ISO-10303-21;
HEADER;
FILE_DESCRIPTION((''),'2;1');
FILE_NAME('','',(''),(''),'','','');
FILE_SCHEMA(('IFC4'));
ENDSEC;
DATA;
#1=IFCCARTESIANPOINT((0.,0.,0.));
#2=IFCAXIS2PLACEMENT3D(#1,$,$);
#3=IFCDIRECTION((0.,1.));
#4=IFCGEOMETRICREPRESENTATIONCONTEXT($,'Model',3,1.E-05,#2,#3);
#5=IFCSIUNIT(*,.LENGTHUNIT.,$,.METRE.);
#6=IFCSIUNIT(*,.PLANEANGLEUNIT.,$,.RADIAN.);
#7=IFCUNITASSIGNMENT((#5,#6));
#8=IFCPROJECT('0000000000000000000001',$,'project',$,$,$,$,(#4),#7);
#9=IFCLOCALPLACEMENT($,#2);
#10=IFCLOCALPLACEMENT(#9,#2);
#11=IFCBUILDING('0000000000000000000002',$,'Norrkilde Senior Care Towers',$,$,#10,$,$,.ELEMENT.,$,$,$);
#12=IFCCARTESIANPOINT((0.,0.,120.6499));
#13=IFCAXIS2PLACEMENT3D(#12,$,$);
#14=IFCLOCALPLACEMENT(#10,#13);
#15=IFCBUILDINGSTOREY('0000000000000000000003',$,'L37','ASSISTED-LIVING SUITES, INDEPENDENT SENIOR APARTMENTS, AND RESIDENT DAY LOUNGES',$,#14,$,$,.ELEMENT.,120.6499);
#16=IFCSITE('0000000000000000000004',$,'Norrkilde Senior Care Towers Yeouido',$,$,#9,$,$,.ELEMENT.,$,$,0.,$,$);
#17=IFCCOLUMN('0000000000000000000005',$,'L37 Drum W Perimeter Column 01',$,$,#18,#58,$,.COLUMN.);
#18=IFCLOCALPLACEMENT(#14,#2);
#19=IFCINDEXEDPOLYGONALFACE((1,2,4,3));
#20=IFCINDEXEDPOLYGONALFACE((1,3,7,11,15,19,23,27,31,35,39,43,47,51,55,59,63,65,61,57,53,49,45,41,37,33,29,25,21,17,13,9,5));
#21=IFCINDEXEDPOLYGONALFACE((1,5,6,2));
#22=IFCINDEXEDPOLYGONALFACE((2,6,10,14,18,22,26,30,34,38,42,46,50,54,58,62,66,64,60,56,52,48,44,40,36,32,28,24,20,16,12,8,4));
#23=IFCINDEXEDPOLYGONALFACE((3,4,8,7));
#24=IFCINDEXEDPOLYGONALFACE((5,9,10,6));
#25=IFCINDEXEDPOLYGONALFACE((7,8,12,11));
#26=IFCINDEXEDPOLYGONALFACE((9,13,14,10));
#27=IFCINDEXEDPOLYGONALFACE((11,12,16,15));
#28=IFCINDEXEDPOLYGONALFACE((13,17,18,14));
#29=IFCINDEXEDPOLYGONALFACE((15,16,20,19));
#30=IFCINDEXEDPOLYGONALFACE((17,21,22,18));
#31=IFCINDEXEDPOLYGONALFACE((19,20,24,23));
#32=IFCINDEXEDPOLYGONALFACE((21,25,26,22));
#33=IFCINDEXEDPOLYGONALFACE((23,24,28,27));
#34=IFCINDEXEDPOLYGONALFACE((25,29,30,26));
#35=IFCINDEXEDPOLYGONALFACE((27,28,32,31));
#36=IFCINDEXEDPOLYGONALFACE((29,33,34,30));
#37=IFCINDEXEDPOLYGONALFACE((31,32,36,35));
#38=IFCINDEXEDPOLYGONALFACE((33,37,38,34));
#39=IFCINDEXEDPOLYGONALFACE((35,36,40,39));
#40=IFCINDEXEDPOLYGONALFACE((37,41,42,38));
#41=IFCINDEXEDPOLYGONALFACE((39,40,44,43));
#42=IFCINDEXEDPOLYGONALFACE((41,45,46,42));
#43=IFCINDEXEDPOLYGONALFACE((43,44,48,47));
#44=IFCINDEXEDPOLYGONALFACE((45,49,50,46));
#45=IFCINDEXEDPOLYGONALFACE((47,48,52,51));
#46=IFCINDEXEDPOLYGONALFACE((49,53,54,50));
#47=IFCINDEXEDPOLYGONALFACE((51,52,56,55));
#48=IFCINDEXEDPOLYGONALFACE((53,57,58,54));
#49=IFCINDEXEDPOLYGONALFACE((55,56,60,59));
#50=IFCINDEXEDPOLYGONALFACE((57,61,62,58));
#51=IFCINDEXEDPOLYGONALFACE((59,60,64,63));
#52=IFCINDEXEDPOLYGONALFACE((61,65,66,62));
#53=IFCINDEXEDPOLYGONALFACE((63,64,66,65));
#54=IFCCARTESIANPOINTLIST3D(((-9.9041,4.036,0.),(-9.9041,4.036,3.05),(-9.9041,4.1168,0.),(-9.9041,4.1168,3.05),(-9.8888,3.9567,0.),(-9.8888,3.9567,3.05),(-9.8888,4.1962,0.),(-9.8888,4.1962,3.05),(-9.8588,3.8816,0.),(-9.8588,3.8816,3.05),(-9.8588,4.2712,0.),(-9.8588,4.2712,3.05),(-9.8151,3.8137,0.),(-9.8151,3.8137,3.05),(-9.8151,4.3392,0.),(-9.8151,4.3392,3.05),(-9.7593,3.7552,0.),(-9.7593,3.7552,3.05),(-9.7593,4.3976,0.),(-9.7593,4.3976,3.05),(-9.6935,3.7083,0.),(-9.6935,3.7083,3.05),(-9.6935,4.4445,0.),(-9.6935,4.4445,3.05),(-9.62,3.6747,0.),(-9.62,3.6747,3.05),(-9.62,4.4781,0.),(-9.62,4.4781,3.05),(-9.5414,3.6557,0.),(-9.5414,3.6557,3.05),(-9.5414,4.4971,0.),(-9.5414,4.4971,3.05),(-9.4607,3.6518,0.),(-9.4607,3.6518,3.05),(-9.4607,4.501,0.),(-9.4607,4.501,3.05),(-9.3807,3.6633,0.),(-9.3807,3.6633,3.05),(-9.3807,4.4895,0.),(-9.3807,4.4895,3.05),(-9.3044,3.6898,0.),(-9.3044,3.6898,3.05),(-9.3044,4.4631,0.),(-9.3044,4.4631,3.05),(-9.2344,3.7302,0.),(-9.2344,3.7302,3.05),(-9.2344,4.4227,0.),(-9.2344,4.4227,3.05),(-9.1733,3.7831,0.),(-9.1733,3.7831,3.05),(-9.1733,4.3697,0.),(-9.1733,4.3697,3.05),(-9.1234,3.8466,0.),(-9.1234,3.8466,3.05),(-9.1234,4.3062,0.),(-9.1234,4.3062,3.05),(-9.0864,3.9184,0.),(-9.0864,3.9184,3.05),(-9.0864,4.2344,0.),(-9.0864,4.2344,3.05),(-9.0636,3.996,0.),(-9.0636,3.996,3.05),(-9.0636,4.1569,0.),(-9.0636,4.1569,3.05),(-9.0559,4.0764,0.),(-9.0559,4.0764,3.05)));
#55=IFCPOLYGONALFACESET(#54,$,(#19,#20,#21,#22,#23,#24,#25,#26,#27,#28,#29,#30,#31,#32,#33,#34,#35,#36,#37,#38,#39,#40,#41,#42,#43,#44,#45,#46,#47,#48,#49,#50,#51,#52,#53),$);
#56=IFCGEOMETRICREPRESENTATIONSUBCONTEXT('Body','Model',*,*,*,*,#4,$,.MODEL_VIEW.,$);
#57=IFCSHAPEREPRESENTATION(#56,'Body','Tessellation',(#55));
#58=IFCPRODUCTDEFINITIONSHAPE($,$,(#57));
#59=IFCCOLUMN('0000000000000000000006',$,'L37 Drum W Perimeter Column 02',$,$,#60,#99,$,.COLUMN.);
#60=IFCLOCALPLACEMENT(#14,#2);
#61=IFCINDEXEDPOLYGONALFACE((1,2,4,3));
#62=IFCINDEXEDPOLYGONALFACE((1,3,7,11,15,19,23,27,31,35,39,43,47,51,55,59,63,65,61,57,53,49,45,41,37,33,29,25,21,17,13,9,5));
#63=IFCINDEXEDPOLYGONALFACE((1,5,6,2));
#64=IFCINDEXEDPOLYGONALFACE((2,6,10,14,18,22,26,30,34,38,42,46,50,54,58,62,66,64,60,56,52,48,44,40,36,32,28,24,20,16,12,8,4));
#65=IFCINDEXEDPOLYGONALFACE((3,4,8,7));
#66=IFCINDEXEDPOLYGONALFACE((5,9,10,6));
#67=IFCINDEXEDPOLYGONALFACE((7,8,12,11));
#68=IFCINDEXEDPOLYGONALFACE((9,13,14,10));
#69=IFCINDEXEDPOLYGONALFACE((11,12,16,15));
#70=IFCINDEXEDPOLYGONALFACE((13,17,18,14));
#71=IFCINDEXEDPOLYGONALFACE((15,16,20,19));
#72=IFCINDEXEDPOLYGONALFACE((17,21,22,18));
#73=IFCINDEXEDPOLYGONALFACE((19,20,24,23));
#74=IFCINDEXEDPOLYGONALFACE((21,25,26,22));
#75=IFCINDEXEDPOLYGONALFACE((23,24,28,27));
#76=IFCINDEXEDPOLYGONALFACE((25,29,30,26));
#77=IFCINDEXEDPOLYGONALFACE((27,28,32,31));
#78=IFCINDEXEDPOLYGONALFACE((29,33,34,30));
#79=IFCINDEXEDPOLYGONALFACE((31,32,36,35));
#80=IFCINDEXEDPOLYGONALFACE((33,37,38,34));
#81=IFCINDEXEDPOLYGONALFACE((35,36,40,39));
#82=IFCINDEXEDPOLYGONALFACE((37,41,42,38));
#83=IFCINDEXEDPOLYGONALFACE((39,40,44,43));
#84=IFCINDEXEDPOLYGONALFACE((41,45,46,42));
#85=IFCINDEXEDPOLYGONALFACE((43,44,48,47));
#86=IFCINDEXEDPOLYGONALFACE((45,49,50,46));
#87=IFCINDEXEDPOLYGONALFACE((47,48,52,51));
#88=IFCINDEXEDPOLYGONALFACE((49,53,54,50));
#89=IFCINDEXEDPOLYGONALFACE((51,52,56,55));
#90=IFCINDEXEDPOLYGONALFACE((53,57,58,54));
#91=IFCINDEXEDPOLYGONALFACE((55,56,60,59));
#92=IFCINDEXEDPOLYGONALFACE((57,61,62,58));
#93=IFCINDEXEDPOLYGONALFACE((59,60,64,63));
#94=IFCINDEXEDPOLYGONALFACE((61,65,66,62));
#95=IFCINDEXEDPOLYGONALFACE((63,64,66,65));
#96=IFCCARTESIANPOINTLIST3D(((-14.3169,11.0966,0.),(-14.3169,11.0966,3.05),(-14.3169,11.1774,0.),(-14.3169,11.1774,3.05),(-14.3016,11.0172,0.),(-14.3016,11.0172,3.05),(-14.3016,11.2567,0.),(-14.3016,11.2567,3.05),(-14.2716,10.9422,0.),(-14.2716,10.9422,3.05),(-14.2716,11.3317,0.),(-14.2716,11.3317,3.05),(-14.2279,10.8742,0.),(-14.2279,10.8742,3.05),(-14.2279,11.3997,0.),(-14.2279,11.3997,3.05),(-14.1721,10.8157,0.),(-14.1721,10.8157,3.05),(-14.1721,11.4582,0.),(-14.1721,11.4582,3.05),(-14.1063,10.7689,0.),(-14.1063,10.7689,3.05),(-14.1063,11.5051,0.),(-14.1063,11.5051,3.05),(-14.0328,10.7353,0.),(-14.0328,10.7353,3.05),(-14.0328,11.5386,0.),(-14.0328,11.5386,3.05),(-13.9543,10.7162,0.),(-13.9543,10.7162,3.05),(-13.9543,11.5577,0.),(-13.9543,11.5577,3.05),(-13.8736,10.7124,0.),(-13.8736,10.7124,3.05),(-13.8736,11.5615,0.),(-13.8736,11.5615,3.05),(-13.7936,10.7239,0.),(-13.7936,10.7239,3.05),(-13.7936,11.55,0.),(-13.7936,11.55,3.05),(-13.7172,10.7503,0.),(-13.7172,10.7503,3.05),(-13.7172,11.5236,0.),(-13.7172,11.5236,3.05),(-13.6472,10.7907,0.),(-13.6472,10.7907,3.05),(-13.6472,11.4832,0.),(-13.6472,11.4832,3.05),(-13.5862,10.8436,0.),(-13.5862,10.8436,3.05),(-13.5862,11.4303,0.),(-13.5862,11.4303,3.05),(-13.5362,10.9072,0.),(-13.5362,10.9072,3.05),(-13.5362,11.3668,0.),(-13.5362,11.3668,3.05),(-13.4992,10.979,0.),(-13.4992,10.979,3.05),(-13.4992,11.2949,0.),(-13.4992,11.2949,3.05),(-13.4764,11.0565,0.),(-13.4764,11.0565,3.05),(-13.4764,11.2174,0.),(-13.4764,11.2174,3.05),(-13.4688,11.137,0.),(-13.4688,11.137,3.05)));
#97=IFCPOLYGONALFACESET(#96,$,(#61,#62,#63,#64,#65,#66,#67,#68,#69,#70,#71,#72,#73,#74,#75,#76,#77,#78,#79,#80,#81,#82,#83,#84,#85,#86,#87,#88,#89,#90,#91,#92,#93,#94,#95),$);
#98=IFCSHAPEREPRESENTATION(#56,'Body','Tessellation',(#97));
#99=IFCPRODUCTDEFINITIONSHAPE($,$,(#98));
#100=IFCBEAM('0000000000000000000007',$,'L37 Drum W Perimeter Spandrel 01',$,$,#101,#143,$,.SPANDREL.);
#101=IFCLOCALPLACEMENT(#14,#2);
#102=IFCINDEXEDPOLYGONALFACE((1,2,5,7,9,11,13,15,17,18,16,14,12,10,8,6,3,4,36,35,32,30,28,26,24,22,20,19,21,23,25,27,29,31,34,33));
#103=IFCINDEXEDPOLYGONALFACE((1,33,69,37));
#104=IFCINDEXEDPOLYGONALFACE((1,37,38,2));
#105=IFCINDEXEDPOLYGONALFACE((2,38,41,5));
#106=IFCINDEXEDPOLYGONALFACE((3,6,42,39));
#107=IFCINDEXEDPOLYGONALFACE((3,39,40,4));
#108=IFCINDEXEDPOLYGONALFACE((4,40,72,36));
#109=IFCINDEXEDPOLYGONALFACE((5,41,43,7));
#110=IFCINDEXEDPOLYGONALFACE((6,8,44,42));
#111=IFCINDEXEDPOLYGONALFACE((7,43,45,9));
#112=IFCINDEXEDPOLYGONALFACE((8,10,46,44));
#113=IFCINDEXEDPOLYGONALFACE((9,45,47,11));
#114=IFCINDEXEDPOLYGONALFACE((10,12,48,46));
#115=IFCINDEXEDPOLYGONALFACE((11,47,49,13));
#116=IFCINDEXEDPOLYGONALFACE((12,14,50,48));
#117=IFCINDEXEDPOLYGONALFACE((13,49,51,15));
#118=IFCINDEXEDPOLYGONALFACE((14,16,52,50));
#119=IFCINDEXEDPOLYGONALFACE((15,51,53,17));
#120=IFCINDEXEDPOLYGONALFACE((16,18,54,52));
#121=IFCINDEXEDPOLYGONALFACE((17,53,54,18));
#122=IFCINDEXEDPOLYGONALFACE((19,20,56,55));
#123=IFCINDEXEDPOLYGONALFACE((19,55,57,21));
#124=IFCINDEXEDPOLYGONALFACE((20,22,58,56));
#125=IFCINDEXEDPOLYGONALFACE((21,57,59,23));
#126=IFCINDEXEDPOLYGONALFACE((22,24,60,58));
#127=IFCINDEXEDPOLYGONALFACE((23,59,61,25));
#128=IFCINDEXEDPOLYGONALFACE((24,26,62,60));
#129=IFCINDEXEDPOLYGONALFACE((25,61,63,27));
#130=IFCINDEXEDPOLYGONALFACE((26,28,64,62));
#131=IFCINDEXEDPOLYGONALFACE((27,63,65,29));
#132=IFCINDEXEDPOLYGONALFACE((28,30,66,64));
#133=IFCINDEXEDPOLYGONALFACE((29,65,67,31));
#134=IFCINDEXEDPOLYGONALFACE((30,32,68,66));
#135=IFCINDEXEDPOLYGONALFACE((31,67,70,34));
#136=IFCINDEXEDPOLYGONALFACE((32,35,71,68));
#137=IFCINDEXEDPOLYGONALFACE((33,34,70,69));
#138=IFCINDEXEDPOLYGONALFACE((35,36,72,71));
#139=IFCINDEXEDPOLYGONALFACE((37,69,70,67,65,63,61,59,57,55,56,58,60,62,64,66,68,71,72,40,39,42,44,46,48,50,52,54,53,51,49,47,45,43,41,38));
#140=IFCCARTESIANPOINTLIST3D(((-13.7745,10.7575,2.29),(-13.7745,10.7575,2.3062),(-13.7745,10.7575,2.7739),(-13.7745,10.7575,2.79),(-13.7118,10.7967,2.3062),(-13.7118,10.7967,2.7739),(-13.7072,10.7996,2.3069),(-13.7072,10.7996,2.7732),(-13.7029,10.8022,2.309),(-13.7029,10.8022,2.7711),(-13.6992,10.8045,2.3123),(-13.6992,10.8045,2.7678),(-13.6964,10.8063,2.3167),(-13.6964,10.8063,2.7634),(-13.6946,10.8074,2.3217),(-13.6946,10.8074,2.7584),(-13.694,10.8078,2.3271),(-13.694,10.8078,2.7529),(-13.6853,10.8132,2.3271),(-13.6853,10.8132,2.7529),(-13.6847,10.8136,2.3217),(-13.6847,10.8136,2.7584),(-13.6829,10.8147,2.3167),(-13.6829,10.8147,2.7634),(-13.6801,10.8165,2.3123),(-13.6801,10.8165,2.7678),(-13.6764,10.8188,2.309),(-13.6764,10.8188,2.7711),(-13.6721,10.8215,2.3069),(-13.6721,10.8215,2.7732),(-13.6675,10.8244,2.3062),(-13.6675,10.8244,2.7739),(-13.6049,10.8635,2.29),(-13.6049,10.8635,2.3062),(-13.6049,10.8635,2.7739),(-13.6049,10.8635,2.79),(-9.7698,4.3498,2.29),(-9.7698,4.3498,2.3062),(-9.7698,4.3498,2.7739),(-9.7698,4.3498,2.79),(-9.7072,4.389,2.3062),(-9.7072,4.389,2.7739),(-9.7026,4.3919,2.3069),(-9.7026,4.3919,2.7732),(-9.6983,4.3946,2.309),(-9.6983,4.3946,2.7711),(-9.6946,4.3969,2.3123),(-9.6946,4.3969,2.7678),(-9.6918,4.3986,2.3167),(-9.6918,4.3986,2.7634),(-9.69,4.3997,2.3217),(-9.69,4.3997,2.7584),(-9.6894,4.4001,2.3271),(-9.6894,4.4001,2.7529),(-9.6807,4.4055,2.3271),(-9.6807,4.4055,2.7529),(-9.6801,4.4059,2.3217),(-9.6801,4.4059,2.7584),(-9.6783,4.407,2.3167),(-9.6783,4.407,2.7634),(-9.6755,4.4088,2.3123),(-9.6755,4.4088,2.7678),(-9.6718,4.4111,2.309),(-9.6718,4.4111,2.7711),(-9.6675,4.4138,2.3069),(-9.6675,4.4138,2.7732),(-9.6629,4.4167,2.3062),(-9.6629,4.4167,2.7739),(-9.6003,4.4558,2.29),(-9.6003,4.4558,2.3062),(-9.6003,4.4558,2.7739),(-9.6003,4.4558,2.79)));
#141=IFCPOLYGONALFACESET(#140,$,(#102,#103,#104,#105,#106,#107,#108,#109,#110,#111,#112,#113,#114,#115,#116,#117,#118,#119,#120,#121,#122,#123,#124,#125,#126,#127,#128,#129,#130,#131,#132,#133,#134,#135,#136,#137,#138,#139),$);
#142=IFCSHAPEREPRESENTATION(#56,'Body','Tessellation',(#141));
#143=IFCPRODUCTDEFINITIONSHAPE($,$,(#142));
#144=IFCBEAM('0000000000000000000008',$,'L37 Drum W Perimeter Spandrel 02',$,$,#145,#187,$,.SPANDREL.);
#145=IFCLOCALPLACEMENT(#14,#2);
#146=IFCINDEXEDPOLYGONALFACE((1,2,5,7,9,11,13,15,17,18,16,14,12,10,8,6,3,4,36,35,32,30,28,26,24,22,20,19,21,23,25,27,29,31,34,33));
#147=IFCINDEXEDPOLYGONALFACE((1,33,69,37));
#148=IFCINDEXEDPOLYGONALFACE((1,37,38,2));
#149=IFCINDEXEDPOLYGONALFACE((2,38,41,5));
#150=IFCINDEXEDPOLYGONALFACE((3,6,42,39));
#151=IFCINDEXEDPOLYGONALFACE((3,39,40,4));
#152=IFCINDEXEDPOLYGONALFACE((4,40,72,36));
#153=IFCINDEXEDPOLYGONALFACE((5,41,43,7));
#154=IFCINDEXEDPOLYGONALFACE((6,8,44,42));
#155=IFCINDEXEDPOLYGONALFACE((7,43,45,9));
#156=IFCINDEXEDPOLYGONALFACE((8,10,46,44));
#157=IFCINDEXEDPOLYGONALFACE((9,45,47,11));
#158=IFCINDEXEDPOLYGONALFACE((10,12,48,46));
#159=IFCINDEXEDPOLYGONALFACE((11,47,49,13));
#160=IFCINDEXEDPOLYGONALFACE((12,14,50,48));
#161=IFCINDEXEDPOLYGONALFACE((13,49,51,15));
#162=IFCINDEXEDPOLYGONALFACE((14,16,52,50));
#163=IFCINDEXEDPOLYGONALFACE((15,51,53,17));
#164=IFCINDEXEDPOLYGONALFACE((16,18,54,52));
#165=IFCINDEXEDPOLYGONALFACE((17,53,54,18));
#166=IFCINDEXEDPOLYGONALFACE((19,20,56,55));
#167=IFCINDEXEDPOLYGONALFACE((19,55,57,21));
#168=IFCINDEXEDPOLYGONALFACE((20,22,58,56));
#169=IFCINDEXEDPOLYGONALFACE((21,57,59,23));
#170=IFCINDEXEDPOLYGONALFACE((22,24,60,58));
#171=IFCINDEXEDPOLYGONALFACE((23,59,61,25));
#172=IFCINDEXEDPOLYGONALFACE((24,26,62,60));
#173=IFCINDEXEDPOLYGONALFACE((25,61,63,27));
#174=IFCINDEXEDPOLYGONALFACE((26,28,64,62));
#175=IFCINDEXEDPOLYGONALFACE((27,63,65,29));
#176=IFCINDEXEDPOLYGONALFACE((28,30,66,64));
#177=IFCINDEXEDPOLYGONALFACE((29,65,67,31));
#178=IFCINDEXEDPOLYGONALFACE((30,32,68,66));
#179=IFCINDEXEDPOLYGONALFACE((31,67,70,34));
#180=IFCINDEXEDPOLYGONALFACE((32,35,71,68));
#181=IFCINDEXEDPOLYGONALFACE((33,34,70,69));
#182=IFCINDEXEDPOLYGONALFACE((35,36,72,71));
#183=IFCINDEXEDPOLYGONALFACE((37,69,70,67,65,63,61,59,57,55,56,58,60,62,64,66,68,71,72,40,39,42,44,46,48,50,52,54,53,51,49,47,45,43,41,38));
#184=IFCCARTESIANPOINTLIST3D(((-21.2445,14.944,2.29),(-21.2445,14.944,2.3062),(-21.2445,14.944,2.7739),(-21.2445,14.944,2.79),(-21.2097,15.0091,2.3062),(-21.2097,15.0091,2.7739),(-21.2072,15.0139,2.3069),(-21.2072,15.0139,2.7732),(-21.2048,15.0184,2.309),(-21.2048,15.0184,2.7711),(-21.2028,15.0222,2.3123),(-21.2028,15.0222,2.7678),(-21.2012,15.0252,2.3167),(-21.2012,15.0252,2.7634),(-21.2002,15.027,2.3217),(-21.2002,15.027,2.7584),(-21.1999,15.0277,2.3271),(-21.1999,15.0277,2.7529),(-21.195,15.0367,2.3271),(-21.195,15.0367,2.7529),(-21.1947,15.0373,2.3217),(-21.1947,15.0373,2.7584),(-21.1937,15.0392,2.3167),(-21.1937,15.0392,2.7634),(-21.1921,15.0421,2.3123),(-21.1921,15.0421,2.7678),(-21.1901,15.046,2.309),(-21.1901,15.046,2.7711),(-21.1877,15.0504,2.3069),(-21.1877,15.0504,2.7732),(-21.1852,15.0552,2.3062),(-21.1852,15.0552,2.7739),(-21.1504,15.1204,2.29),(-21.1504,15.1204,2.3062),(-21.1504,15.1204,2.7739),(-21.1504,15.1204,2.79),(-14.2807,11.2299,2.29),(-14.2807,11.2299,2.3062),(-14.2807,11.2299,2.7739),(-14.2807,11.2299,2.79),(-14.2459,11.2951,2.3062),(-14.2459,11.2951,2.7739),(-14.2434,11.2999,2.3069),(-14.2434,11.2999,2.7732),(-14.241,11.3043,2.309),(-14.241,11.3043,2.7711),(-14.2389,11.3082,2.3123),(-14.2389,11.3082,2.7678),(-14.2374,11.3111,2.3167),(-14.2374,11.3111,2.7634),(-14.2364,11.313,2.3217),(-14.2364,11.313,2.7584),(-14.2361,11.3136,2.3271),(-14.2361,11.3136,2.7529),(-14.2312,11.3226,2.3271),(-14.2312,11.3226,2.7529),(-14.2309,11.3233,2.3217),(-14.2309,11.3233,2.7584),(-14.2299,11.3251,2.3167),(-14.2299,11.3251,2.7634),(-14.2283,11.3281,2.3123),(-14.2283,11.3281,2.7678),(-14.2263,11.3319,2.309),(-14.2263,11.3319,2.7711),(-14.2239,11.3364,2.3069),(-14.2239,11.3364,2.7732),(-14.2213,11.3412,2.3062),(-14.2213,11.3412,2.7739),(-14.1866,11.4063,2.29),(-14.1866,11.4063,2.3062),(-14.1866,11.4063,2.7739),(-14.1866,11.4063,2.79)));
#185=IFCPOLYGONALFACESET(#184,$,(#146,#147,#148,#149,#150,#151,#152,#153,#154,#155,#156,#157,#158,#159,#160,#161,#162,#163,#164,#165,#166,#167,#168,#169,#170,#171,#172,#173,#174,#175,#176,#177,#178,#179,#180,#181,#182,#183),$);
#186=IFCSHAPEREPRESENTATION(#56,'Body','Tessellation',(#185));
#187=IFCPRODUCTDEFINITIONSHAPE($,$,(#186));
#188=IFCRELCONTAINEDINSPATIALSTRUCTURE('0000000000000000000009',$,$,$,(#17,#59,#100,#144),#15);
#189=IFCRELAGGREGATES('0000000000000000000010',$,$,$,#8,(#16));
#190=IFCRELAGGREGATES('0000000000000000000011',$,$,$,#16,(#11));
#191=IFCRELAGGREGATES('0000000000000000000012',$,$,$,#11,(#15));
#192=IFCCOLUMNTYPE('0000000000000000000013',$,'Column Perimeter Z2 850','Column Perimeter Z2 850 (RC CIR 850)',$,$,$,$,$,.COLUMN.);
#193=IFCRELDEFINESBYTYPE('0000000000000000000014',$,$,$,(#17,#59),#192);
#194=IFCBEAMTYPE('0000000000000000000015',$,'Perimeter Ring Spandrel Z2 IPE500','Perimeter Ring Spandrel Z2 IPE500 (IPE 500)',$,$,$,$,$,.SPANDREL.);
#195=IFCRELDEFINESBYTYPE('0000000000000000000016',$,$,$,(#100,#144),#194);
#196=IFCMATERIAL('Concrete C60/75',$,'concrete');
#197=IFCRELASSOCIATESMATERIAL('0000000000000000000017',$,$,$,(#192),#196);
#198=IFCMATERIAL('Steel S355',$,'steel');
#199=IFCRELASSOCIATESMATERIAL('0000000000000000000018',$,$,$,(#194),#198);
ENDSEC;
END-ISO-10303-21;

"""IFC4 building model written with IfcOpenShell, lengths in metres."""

from ifc_helpers import new_model, si_unit, direction, frame, origin, origin_2d, place, context, subcontext, project, spatial, circle, i_section, extrude, source, transform, mapped, material, material_profile, profile_set, type_object, type_shapes, element, save


model = new_model("IFC4")

# Units and contexts
model_context = context("Model", 3, precision=1e-05, world=origin(), true_north=direction((0.0, 1.0)))
body_context = subcontext(model_context, "Body", "Model", "MODEL_VIEW")
ifc_project = project(units=[si_unit("LENGTHUNIT", "METRE"), si_unit("PLANEANGLEUNIT", "RADIAN")], contexts=[model_context])

# Site, building, storey
site_placement = place(None, origin())
site = spatial("IfcSite", under=ifc_project, at=site_placement, Name="Norrkilde Senior Care Towers Yeouido", CompositionType="ELEMENT", RefElevation=0.0)
building_placement = place(site_placement, origin())
building = spatial("IfcBuilding", under=site, at=building_placement, Name="Norrkilde Senior Care Towers", CompositionType="ELEMENT")
storey_placement = place(building_placement, frame((0.0, 0.0, 120.6499)))
storey = spatial("IfcBuildingStorey", under=building, at=storey_placement, Name="L37", Description="ASSISTED-LIVING SUITES, INDEPENDENT SENIOR APARTMENTS, AND RESIDENT DAY LOUNGES", CompositionType="ELEMENT", Elevation=120.6499)

# Columns
ifc_material_1 = material(Name="Concrete C60/75", Category="concrete")
ifc_material_profile_1 = material_profile(ifc_material_1, circle(Radius=0.425, at=origin_2d()), Name="RC CIR 850")
ifc_profile_set_1 = profile_set([ifc_material_profile_1], Name="Concrete C60/75")
column_type = type_object("IfcColumnType", Name="Column Perimeter Z2 850", Description="Column Perimeter Z2 850 (RC CIR 850)", PredefinedType="COLUMN", material=ifc_profile_set_1)
shared_shape_1 = source(origin(), body_context, "Body", "SweptSolid", [
    extrude(circle(Radius=0.425, at=origin_2d()), origin(), (0.0, 0.0, 1.0), 3.05),
])
type_shapes(column_type, [shared_shape_1])
for number, where, z_axis, x_axis, name in (
    (1, (-9.481, 4.0764, 0.0), (0.0, 0.0, 1.0), (1.0, 0.0, 0.0), "L37 Drum W Perimeter Column 01"),
    (2, (-13.8938, 11.137, 0.0), (0.0, 0.0, 1.0), (1.0, 0.0, 0.0), "L37 Drum W Perimeter Column 02"),
):
    element("IfcColumn", number, at=place(storey_placement, frame(where, z_axis=z_axis, x_axis=x_axis)), inside=storey, type_object=column_type, Name=name, PredefinedType="COLUMN", context=body_context, shape_type="MappedRepresentation", body=[
        mapped(shared_shape_1, transform((0.0, 0.0, 0.0), x_axis=(1.0, 0.0, 0.0), y_axis=(0.0, 1.0, 0.0), z_axis=(0.0, 0.0, 1.0), scale=1.0)),
    ])

# Beams
ifc_material_2 = material(Name="Steel S355", Category="steel")
ifc_material_profile_2 = material_profile(ifc_material_2, i_section(OverallWidth=0.2, OverallDepth=0.5, WebThickness=0.0103, FlangeThickness=0.0161, FilletRadius=0.021, at=origin_2d()), Name="IPE 500")
ifc_profile_set_2 = profile_set([ifc_material_profile_2], Name="Steel S355")
beam_type_1 = type_object("IfcBeamType", Name="Perimeter Ring Spandrel Z2 IPE500", Description="Perimeter Ring Spandrel Z2 IPE500 (IPE 500)", PredefinedType="SPANDREL", material=ifc_profile_set_2)
shared_shape_2 = source(origin(), body_context, "Body", "SweptSolid", [
    extrude(i_section(OverallWidth=0.2, OverallDepth=0.5, WebThickness=0.0103, FlangeThickness=0.0161, FilletRadius=0.021, at=origin_2d()), origin(), (0.0, 0.0, 1.0), 7.5562),
])
beam_1_placement = place(storey_placement, frame((-9.6851, 4.4028, 2.54), z_axis=(-0.529982, 0.848009, 0.0), x_axis=(-0.848009, -0.529982, 0.0)))
element("IfcBeam", 3, at=beam_1_placement, inside=storey, type_object=beam_type_1, Name="L37 Drum W Perimeter Spandrel 01", PredefinedType="SPANDREL", context=body_context, shape_type="MappedRepresentation", body=[
    mapped(shared_shape_2, transform((0.0, 0.0, 0.0), x_axis=(1.0, 0.0, 0.0), y_axis=(0.0, 1.0, 0.0), z_axis=(0.0, 0.0, 1.0), scale=1.0)),
])
shared_shape_3 = source(origin(), body_context, "Body", "SweptSolid", [
    extrude(i_section(OverallWidth=0.2, OverallDepth=0.5, WebThickness=0.0103, FlangeThickness=0.0161, FilletRadius=0.021, at=origin_2d()), origin(), (0.0, 0.0, 1.0), 7.8923),
])
type_shapes(beam_type_1, [shared_shape_2, shared_shape_3])
beam_2_placement = place(storey_placement, frame((-14.2336, 11.3181, 2.54), z_axis=(-0.88235, 0.470593, 0.0), x_axis=(-0.470593, -0.88235, 0.0)))
element("IfcBeam", 4, at=beam_2_placement, inside=storey, type_object=beam_type_1, Name="L37 Drum W Perimeter Spandrel 02", PredefinedType="SPANDREL", context=body_context, shape_type="MappedRepresentation", body=[
    mapped(shared_shape_3, transform((0.0, 0.0, 0.0), x_axis=(1.0, 0.0, 0.0), y_axis=(0.0, 1.0, 0.0), z_axis=(0.0, 0.0, 1.0), scale=1.0)),
])

save(model, "model.ifc")
